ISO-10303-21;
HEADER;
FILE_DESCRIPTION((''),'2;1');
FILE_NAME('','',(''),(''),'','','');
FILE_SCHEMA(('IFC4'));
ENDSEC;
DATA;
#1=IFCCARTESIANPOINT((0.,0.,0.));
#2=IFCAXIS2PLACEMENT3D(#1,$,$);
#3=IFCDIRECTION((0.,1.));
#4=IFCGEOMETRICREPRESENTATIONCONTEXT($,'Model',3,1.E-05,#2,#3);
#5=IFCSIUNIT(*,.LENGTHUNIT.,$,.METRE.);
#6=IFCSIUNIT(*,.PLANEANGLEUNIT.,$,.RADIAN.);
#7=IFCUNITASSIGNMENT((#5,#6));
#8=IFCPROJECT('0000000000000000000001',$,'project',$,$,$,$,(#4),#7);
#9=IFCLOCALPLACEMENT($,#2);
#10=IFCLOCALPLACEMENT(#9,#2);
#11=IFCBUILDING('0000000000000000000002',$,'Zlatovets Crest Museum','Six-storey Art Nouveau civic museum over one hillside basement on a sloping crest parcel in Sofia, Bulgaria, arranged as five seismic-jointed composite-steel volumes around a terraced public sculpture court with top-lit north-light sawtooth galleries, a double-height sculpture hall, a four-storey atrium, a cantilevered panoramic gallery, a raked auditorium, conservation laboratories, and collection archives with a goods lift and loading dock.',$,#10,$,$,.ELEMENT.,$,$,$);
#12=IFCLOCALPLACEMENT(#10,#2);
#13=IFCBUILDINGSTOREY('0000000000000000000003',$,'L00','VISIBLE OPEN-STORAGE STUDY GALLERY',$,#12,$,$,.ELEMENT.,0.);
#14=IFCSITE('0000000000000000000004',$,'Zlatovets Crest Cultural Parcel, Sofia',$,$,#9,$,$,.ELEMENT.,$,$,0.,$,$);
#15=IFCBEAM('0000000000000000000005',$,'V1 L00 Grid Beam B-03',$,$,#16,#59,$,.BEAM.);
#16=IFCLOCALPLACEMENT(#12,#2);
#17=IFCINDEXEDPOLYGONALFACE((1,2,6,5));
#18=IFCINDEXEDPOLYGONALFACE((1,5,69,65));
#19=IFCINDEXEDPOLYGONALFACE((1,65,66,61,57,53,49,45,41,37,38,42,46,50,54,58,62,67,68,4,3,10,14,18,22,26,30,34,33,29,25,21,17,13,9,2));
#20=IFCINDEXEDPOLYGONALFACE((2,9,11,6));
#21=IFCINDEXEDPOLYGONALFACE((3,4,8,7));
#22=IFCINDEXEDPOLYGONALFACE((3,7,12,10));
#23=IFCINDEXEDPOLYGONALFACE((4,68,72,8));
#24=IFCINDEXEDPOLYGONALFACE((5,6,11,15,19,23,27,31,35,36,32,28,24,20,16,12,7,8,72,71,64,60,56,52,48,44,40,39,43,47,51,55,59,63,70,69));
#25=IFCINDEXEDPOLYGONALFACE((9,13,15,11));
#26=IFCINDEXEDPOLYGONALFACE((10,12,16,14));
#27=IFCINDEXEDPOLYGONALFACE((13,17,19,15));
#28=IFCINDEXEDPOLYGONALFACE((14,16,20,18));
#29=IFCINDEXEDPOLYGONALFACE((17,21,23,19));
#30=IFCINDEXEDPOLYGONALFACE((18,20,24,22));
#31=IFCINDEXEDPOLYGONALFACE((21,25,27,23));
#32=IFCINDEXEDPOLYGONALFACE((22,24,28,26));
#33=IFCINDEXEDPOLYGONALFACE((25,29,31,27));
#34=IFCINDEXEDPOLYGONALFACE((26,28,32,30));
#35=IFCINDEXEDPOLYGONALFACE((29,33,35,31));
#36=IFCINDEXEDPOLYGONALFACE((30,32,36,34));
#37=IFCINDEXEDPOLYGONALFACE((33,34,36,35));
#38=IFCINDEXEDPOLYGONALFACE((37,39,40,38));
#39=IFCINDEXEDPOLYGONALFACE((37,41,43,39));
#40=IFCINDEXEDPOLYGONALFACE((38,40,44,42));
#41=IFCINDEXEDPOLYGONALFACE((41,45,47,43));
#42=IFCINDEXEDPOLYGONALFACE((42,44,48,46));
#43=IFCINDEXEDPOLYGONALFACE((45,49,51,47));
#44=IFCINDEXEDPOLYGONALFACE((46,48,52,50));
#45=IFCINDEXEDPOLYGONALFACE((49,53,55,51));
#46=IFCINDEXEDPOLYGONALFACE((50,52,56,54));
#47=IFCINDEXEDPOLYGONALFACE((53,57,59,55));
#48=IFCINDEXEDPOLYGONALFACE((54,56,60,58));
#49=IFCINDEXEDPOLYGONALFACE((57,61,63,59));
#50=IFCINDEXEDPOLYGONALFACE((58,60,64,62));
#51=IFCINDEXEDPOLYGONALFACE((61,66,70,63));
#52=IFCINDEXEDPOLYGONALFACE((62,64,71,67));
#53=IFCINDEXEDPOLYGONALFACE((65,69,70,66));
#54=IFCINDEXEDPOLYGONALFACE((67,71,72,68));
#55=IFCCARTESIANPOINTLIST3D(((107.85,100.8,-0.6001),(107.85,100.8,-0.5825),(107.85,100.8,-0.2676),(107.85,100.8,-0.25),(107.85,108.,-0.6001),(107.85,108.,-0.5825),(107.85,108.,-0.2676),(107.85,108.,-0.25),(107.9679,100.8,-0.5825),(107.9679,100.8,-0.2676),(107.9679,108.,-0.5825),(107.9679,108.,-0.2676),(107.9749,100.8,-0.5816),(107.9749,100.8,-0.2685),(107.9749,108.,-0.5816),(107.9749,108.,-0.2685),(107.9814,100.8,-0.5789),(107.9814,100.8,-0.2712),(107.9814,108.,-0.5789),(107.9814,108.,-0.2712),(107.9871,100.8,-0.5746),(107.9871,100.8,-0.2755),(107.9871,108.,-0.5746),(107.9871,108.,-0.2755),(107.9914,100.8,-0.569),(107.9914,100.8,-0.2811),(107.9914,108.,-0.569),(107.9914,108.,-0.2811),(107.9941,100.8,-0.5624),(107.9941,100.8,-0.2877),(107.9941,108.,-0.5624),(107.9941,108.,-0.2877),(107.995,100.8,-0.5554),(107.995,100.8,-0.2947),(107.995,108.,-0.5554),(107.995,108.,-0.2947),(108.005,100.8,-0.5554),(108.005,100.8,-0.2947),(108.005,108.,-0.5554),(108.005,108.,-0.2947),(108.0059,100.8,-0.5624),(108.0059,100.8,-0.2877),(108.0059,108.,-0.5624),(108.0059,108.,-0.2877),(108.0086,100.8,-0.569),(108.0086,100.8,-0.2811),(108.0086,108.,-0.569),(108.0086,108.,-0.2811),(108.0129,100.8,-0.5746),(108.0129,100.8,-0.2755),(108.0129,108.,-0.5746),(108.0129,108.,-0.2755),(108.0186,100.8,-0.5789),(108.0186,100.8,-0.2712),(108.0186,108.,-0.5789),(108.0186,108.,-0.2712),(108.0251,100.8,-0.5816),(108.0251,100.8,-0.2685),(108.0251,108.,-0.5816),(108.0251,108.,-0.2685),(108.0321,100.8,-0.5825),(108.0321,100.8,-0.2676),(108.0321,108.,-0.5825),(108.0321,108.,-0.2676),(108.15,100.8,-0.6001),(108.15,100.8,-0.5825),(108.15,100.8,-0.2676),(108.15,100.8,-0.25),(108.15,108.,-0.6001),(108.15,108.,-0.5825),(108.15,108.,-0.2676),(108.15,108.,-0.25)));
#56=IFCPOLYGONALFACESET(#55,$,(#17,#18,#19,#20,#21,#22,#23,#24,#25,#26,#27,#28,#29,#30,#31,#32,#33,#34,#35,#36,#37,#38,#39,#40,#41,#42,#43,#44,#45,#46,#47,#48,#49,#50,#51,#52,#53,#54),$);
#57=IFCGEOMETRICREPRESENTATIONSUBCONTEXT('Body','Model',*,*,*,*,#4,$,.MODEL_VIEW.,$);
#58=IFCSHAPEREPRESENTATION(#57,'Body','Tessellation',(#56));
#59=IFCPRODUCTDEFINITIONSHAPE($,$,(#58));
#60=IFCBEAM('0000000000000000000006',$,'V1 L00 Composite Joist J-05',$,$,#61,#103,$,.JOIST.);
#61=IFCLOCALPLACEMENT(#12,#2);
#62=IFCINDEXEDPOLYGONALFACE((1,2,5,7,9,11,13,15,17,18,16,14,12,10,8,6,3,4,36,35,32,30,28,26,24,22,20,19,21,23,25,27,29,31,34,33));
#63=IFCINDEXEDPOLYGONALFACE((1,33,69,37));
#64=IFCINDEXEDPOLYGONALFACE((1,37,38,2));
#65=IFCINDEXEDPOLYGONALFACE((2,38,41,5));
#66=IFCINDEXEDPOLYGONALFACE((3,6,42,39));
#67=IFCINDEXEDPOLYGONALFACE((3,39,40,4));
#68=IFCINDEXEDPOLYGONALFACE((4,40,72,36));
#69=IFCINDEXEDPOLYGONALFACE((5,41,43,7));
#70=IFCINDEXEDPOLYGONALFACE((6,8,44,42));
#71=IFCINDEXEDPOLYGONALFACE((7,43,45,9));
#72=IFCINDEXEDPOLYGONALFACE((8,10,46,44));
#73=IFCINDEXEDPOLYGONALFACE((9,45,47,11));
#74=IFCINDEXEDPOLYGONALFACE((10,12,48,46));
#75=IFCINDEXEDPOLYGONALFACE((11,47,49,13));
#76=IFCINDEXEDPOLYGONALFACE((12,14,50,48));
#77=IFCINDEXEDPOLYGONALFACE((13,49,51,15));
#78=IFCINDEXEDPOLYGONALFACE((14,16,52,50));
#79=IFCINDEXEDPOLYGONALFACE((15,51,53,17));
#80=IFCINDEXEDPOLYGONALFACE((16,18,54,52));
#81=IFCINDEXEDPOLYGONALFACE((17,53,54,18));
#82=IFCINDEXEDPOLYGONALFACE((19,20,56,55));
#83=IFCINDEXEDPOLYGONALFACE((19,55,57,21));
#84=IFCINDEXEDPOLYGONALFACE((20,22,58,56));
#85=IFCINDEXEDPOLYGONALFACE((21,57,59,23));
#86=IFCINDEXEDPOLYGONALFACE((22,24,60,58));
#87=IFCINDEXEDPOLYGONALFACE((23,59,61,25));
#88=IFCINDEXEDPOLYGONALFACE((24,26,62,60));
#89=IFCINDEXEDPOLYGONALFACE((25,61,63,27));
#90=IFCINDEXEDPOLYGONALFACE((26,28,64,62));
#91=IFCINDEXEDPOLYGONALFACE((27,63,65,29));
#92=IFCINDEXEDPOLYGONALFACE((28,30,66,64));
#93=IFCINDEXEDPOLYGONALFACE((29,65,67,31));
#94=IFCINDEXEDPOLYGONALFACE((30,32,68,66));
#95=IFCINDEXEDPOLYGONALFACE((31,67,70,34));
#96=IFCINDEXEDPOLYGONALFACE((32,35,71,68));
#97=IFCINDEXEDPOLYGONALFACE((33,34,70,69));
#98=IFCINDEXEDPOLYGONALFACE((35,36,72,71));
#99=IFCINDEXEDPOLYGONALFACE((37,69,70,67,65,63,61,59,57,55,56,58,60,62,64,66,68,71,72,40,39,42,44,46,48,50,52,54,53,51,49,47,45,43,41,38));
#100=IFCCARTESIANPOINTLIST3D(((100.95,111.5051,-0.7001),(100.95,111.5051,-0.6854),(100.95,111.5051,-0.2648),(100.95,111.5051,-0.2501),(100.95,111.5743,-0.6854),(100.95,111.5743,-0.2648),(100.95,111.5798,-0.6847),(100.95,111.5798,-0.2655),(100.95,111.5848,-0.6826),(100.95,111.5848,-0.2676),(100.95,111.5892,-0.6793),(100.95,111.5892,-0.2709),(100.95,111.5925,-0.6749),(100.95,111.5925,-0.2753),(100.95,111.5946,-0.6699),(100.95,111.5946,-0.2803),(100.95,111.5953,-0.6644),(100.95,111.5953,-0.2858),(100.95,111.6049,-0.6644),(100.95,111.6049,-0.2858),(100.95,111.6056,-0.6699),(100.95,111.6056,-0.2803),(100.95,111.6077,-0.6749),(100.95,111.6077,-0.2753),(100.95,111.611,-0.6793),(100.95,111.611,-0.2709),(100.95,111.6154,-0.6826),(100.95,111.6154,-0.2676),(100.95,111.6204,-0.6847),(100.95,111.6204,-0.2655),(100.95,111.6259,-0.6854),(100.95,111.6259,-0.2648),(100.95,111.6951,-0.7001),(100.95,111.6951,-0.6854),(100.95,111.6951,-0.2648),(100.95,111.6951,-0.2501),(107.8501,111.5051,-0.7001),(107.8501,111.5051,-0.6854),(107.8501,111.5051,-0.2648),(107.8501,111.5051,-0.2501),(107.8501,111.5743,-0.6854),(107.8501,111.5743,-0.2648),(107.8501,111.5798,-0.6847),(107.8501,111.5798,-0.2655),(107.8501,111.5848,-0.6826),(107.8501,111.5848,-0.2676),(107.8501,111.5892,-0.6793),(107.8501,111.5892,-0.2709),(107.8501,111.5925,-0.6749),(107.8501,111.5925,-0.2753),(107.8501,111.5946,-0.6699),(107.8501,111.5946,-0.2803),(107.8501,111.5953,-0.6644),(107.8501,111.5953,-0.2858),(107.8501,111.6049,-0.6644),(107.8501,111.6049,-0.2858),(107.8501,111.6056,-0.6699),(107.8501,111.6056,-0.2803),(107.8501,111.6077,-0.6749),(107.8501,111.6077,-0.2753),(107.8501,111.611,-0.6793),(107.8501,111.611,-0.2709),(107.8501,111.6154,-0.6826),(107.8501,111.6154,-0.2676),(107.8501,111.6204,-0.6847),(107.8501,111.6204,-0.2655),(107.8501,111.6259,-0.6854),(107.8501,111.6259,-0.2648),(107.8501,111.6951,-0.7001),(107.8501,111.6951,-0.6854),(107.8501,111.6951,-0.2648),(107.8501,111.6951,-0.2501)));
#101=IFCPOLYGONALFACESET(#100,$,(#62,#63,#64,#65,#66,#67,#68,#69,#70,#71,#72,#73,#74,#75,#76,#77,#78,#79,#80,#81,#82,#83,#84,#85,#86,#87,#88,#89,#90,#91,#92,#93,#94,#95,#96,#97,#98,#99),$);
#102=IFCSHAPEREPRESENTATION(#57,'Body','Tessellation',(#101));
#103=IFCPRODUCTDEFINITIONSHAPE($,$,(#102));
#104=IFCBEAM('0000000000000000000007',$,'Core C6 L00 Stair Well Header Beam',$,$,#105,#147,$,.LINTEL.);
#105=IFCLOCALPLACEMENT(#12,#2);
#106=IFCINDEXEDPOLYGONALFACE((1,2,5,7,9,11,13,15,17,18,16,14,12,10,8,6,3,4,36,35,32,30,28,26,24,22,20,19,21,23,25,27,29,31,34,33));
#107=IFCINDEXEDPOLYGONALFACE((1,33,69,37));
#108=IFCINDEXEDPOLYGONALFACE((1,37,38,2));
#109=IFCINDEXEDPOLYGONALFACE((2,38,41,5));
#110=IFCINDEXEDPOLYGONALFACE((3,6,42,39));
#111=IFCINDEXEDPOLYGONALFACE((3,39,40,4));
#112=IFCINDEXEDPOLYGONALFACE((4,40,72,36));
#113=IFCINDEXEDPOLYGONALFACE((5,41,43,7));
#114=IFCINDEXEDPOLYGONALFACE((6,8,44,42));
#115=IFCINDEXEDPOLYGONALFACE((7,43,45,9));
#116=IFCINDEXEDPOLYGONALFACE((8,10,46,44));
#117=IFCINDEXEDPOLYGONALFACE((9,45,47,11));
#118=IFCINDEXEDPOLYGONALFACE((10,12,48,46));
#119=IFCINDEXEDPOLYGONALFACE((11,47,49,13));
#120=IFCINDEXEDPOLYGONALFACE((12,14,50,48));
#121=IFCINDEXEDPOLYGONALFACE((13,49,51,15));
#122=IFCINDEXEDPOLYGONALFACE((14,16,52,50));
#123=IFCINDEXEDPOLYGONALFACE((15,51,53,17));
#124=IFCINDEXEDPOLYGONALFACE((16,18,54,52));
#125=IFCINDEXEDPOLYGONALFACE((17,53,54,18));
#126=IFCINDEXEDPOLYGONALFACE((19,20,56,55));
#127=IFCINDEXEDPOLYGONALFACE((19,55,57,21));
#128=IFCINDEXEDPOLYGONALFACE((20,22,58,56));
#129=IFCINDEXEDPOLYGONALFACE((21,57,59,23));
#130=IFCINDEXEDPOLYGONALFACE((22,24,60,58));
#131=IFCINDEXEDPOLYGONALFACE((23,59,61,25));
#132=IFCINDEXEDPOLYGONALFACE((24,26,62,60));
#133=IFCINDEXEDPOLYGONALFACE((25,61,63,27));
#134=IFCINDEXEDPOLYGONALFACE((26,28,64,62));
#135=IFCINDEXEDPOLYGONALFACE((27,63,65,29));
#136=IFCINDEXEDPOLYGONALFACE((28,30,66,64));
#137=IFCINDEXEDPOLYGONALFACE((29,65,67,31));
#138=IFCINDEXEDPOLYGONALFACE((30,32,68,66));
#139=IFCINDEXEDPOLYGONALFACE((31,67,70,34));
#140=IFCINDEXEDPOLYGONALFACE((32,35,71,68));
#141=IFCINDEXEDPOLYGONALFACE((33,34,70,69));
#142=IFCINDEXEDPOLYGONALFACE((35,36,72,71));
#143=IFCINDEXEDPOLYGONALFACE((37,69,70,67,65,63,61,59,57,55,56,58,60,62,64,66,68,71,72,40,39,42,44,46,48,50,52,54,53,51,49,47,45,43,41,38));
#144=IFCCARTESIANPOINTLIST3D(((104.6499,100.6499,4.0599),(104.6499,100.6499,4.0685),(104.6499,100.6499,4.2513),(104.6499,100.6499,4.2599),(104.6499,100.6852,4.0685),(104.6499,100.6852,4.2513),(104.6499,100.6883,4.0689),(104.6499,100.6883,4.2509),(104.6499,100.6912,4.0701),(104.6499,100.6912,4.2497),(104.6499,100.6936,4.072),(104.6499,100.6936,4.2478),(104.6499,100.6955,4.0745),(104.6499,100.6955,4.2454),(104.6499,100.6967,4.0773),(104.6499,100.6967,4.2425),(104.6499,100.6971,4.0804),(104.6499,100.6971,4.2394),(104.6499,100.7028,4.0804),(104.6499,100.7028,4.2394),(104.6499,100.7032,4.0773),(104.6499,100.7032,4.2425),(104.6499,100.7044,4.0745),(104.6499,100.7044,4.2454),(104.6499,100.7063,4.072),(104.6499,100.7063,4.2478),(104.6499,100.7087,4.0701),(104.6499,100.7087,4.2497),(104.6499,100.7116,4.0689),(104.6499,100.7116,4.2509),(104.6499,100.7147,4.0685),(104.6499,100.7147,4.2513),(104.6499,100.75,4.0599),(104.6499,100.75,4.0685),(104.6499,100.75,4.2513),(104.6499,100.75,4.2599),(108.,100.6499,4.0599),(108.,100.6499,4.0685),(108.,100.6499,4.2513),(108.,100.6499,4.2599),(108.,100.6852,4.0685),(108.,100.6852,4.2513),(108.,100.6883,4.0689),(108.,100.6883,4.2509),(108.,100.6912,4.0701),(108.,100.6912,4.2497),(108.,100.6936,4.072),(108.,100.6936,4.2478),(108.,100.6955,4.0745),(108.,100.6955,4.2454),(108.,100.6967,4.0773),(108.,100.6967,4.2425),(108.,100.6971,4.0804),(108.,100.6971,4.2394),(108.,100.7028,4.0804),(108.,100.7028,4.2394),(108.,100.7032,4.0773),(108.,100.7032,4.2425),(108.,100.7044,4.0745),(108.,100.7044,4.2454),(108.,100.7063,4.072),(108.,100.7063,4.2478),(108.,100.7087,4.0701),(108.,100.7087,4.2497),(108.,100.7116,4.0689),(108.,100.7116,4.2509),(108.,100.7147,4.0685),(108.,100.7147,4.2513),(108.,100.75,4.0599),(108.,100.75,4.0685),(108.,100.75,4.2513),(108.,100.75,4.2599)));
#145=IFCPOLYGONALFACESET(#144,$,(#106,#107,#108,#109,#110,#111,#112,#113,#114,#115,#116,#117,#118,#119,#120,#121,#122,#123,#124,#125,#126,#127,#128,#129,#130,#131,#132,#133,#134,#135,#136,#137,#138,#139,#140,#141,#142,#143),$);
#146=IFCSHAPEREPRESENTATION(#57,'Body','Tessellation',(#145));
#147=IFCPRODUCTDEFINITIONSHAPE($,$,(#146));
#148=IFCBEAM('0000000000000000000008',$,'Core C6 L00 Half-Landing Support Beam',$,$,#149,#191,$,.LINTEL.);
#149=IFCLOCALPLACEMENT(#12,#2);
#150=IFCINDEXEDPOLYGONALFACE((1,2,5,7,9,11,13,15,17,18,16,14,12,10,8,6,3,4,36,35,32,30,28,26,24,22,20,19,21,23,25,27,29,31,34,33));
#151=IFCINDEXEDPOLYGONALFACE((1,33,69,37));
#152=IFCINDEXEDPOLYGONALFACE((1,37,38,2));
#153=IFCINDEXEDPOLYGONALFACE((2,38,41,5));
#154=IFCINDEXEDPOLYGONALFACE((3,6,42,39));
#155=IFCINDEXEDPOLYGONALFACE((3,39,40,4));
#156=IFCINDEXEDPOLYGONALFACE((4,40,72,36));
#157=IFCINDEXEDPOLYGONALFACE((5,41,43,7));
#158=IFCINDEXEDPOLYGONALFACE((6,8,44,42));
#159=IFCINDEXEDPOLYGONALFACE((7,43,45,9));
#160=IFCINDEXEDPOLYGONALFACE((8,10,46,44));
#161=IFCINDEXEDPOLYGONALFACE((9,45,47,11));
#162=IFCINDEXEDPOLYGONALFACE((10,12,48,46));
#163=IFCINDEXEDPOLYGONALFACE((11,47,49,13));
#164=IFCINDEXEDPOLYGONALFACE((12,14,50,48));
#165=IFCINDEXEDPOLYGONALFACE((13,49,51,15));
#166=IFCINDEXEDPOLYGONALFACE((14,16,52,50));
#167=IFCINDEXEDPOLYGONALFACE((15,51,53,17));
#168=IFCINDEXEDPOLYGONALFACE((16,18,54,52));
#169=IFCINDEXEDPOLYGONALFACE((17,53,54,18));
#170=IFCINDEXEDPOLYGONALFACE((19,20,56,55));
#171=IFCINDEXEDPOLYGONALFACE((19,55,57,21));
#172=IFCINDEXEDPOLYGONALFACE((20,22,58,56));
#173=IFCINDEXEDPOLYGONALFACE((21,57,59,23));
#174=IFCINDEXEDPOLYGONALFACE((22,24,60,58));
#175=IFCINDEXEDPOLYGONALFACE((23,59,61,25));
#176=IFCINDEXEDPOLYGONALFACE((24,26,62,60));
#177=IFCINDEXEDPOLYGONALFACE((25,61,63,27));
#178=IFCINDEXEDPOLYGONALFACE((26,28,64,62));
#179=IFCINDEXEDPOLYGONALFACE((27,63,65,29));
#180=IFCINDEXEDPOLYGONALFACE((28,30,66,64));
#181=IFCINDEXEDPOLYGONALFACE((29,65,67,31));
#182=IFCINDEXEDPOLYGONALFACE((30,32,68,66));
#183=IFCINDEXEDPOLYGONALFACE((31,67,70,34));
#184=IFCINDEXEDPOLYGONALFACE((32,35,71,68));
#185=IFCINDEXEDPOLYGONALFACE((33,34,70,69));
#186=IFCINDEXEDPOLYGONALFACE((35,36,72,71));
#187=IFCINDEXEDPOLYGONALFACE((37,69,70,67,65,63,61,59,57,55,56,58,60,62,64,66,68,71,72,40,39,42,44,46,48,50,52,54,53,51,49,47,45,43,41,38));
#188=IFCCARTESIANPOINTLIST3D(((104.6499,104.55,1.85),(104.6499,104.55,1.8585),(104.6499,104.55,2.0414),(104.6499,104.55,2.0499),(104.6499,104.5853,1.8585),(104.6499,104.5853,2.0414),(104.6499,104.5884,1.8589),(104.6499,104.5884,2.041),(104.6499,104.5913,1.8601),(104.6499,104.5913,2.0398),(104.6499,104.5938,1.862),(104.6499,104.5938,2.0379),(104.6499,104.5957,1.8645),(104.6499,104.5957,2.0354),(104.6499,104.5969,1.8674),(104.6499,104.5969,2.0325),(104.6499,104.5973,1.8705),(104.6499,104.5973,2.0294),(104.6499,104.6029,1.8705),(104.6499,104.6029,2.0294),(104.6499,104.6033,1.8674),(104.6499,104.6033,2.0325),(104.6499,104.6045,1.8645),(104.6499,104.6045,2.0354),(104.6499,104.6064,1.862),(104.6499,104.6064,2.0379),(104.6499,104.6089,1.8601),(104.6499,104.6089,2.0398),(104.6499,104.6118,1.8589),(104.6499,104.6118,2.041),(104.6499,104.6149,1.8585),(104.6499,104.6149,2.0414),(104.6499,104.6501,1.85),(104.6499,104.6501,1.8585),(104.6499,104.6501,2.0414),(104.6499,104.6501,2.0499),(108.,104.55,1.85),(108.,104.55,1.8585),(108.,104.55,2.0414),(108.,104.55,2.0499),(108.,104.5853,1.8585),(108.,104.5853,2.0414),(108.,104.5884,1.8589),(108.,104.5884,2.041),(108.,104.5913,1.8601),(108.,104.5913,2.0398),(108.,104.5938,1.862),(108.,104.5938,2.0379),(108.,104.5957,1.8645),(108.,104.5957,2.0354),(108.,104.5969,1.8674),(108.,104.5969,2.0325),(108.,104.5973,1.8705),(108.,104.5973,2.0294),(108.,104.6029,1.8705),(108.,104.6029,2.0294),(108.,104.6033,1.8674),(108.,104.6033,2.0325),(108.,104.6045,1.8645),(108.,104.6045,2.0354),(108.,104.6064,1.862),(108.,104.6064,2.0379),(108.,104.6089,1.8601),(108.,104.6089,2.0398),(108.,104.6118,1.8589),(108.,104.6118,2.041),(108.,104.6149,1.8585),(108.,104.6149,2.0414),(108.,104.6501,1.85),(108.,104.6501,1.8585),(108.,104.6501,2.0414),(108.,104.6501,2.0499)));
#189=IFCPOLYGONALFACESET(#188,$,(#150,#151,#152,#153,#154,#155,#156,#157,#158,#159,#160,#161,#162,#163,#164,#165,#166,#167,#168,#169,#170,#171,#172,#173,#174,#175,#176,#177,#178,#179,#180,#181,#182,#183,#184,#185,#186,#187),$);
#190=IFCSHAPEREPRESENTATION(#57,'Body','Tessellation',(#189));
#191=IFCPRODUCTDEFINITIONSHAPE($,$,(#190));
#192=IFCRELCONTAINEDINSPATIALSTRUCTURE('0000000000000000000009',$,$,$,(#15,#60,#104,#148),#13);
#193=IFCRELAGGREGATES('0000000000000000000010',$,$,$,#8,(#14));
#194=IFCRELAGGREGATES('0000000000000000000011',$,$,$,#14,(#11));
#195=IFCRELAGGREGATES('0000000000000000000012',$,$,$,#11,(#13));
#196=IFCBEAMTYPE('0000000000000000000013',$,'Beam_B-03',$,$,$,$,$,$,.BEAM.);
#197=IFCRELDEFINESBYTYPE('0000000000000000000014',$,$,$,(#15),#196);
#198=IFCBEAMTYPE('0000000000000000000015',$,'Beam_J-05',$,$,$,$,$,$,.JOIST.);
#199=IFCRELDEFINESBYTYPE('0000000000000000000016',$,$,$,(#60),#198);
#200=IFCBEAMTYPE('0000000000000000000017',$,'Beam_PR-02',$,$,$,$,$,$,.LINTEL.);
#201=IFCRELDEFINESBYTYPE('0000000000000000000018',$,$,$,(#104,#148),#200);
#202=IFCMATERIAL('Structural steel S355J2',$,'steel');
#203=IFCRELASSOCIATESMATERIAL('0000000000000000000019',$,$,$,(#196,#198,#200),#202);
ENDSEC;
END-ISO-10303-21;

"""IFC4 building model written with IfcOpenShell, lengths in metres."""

from ifc_helpers import new_model, si_unit, direction, frame, origin, origin_2d, place, context, subcontext, project, spatial, i_section, extrude, material, material_profile, profile_set, type_object, element, save


model = new_model("IFC4")

# Units and contexts
model_context = context("Model", 3, precision=1e-05, world=origin(), true_north=direction((0.0, 1.0)))
body_context = subcontext(model_context, "Body", "Model", "MODEL_VIEW")
ifc_project = project(units=[si_unit("LENGTHUNIT", "METRE"), si_unit("PLANEANGLEUNIT", "RADIAN")], contexts=[model_context])

# Site, building, storey
site_placement = place(None, origin())
site = spatial("IfcSite", under=ifc_project, at=site_placement, Name="Zlatovets Crest Cultural Parcel, Sofia", CompositionType="ELEMENT", RefElevation=0.0)
building_placement = place(site_placement, origin())
building = spatial("IfcBuilding", under=site, at=building_placement, Name="Zlatovets Crest Museum", Description="Six-storey Art Nouveau civic museum over one hillside basement on a sloping crest parcel in Sofia, Bulgaria, arranged as five seismic-jointed composite-steel volumes around a terraced public sculpture court with top-lit north-light sawtooth galleries, a double-height sculpture hall, a four-storey atrium, a cantilevered panoramic gallery, a raked auditorium, conservation laboratories, and collection archives with a goods lift and loading dock.", CompositionType="ELEMENT")
storey_placement = place(building_placement, origin())
storey = spatial("IfcBuildingStorey", under=building, at=storey_placement, Name="L00", Description="VISIBLE OPEN-STORAGE STUDY GALLERY", CompositionType="ELEMENT", Elevation=0.0)

# Shared definitions
ifc_material_1 = material(Name="Structural steel S355J2", Category="steel")

# Beams
ifc_material_profile_1 = material_profile(ifc_material_1, i_section(OverallWidth=0.3, OverallDepth=0.3501, WebThickness=0.01, FlangeThickness=0.0176, FilletRadius=0.0271, at=origin_2d()), Name="HEA 360")
ifc_profile_set_1 = profile_set([ifc_material_profile_1], Name="Structural steel S355J2")
beam_type_1 = type_object("IfcBeamType", Name="Beam_B-03", PredefinedType="BEAM", material=ifc_profile_set_1)
for number, where, z_axis, x_axis, name in (
    (1, (108.0, 100.8, -0.425), (0.0, 1.0, 0.0), (-1.0, 0.0, 0.0), "V1 L00 Grid Beam B-03"),
):
    element("IfcBeam", number, at=place(storey_placement, frame(where, z_axis=z_axis, x_axis=x_axis)), inside=storey, type_object=beam_type_1, Name=name, PredefinedType="BEAM", context=body_context, shape_type="SweptSolid", body=[
        extrude(i_section(OverallWidth=0.3, OverallDepth=0.3501, WebThickness=0.01, FlangeThickness=0.0176, FilletRadius=0.0271, at=origin_2d()), origin(), (0.0, 0.0, 1.0), 7.2),
    ])
ifc_material_profile_2 = material_profile(ifc_material_1, i_section(OverallWidth=0.1899, OverallDepth=0.45, WebThickness=0.0095, FlangeThickness=0.0146, FilletRadius=0.021, at=origin_2d()), Name="IPE 450")
ifc_profile_set_2 = profile_set([ifc_material_profile_2], Name="Structural steel S355J2")
beam_type_2 = type_object("IfcBeamType", Name="Beam_J-05", PredefinedType="JOIST", material=ifc_profile_set_2)
beam_1_placement = place(storey_placement, frame((100.95, 111.6001, -0.4751), z_axis=(1.0, 0.0, 0.0), x_axis=(0.0, 1.0, 0.0)))
element("IfcBeam", 2, at=beam_1_placement, inside=storey, type_object=beam_type_2, Name="V1 L00 Composite Joist J-05", PredefinedType="JOIST", context=body_context, shape_type="SweptSolid", body=[
    extrude(i_section(OverallWidth=0.1899, OverallDepth=0.45, WebThickness=0.0095, FlangeThickness=0.0146, FilletRadius=0.021, at=origin_2d()), origin(), (0.0, 0.0, 1.0), 6.9001),
])
ifc_material_profile_3 = material_profile(ifc_material_1, i_section(OverallWidth=0.1001, OverallDepth=0.2, WebThickness=0.0056, FlangeThickness=0.0085, FilletRadius=0.012, at=origin_2d()), Name="IPE 200")
ifc_profile_set_3 = profile_set([ifc_material_profile_3], Name="Structural steel S355J2")
beam_type_3 = type_object("IfcBeamType", Name="Beam_PR-02", PredefinedType="LINTEL", material=ifc_profile_set_3)
for number, where, z_axis, x_axis, name in (
    (3, (104.6499, 100.7, 4.1599), (1.0, 0.0, 0.0), (0.0, 1.0, 0.0), "Core C6 L00 Stair Well Header Beam"),
    (4, (104.6499, 104.6001, 1.95), (1.0, 0.0, 0.0), (0.0, 1.0, 0.0), "Core C6 L00 Half-Landing Support Beam"),
):
    element("IfcBeam", number, at=place(storey_placement, frame(where, z_axis=z_axis, x_axis=x_axis)), inside=storey, type_object=beam_type_3, Name=name, PredefinedType="LINTEL", context=body_context, shape_type="SweptSolid", body=[
        extrude(i_section(OverallWidth=0.1001, OverallDepth=0.2, WebThickness=0.0056, FlangeThickness=0.0085, FilletRadius=0.012, at=origin_2d()), origin(), (0.0, 0.0, 1.0), 3.3501),
    ])

save(model, "model.ifc")
